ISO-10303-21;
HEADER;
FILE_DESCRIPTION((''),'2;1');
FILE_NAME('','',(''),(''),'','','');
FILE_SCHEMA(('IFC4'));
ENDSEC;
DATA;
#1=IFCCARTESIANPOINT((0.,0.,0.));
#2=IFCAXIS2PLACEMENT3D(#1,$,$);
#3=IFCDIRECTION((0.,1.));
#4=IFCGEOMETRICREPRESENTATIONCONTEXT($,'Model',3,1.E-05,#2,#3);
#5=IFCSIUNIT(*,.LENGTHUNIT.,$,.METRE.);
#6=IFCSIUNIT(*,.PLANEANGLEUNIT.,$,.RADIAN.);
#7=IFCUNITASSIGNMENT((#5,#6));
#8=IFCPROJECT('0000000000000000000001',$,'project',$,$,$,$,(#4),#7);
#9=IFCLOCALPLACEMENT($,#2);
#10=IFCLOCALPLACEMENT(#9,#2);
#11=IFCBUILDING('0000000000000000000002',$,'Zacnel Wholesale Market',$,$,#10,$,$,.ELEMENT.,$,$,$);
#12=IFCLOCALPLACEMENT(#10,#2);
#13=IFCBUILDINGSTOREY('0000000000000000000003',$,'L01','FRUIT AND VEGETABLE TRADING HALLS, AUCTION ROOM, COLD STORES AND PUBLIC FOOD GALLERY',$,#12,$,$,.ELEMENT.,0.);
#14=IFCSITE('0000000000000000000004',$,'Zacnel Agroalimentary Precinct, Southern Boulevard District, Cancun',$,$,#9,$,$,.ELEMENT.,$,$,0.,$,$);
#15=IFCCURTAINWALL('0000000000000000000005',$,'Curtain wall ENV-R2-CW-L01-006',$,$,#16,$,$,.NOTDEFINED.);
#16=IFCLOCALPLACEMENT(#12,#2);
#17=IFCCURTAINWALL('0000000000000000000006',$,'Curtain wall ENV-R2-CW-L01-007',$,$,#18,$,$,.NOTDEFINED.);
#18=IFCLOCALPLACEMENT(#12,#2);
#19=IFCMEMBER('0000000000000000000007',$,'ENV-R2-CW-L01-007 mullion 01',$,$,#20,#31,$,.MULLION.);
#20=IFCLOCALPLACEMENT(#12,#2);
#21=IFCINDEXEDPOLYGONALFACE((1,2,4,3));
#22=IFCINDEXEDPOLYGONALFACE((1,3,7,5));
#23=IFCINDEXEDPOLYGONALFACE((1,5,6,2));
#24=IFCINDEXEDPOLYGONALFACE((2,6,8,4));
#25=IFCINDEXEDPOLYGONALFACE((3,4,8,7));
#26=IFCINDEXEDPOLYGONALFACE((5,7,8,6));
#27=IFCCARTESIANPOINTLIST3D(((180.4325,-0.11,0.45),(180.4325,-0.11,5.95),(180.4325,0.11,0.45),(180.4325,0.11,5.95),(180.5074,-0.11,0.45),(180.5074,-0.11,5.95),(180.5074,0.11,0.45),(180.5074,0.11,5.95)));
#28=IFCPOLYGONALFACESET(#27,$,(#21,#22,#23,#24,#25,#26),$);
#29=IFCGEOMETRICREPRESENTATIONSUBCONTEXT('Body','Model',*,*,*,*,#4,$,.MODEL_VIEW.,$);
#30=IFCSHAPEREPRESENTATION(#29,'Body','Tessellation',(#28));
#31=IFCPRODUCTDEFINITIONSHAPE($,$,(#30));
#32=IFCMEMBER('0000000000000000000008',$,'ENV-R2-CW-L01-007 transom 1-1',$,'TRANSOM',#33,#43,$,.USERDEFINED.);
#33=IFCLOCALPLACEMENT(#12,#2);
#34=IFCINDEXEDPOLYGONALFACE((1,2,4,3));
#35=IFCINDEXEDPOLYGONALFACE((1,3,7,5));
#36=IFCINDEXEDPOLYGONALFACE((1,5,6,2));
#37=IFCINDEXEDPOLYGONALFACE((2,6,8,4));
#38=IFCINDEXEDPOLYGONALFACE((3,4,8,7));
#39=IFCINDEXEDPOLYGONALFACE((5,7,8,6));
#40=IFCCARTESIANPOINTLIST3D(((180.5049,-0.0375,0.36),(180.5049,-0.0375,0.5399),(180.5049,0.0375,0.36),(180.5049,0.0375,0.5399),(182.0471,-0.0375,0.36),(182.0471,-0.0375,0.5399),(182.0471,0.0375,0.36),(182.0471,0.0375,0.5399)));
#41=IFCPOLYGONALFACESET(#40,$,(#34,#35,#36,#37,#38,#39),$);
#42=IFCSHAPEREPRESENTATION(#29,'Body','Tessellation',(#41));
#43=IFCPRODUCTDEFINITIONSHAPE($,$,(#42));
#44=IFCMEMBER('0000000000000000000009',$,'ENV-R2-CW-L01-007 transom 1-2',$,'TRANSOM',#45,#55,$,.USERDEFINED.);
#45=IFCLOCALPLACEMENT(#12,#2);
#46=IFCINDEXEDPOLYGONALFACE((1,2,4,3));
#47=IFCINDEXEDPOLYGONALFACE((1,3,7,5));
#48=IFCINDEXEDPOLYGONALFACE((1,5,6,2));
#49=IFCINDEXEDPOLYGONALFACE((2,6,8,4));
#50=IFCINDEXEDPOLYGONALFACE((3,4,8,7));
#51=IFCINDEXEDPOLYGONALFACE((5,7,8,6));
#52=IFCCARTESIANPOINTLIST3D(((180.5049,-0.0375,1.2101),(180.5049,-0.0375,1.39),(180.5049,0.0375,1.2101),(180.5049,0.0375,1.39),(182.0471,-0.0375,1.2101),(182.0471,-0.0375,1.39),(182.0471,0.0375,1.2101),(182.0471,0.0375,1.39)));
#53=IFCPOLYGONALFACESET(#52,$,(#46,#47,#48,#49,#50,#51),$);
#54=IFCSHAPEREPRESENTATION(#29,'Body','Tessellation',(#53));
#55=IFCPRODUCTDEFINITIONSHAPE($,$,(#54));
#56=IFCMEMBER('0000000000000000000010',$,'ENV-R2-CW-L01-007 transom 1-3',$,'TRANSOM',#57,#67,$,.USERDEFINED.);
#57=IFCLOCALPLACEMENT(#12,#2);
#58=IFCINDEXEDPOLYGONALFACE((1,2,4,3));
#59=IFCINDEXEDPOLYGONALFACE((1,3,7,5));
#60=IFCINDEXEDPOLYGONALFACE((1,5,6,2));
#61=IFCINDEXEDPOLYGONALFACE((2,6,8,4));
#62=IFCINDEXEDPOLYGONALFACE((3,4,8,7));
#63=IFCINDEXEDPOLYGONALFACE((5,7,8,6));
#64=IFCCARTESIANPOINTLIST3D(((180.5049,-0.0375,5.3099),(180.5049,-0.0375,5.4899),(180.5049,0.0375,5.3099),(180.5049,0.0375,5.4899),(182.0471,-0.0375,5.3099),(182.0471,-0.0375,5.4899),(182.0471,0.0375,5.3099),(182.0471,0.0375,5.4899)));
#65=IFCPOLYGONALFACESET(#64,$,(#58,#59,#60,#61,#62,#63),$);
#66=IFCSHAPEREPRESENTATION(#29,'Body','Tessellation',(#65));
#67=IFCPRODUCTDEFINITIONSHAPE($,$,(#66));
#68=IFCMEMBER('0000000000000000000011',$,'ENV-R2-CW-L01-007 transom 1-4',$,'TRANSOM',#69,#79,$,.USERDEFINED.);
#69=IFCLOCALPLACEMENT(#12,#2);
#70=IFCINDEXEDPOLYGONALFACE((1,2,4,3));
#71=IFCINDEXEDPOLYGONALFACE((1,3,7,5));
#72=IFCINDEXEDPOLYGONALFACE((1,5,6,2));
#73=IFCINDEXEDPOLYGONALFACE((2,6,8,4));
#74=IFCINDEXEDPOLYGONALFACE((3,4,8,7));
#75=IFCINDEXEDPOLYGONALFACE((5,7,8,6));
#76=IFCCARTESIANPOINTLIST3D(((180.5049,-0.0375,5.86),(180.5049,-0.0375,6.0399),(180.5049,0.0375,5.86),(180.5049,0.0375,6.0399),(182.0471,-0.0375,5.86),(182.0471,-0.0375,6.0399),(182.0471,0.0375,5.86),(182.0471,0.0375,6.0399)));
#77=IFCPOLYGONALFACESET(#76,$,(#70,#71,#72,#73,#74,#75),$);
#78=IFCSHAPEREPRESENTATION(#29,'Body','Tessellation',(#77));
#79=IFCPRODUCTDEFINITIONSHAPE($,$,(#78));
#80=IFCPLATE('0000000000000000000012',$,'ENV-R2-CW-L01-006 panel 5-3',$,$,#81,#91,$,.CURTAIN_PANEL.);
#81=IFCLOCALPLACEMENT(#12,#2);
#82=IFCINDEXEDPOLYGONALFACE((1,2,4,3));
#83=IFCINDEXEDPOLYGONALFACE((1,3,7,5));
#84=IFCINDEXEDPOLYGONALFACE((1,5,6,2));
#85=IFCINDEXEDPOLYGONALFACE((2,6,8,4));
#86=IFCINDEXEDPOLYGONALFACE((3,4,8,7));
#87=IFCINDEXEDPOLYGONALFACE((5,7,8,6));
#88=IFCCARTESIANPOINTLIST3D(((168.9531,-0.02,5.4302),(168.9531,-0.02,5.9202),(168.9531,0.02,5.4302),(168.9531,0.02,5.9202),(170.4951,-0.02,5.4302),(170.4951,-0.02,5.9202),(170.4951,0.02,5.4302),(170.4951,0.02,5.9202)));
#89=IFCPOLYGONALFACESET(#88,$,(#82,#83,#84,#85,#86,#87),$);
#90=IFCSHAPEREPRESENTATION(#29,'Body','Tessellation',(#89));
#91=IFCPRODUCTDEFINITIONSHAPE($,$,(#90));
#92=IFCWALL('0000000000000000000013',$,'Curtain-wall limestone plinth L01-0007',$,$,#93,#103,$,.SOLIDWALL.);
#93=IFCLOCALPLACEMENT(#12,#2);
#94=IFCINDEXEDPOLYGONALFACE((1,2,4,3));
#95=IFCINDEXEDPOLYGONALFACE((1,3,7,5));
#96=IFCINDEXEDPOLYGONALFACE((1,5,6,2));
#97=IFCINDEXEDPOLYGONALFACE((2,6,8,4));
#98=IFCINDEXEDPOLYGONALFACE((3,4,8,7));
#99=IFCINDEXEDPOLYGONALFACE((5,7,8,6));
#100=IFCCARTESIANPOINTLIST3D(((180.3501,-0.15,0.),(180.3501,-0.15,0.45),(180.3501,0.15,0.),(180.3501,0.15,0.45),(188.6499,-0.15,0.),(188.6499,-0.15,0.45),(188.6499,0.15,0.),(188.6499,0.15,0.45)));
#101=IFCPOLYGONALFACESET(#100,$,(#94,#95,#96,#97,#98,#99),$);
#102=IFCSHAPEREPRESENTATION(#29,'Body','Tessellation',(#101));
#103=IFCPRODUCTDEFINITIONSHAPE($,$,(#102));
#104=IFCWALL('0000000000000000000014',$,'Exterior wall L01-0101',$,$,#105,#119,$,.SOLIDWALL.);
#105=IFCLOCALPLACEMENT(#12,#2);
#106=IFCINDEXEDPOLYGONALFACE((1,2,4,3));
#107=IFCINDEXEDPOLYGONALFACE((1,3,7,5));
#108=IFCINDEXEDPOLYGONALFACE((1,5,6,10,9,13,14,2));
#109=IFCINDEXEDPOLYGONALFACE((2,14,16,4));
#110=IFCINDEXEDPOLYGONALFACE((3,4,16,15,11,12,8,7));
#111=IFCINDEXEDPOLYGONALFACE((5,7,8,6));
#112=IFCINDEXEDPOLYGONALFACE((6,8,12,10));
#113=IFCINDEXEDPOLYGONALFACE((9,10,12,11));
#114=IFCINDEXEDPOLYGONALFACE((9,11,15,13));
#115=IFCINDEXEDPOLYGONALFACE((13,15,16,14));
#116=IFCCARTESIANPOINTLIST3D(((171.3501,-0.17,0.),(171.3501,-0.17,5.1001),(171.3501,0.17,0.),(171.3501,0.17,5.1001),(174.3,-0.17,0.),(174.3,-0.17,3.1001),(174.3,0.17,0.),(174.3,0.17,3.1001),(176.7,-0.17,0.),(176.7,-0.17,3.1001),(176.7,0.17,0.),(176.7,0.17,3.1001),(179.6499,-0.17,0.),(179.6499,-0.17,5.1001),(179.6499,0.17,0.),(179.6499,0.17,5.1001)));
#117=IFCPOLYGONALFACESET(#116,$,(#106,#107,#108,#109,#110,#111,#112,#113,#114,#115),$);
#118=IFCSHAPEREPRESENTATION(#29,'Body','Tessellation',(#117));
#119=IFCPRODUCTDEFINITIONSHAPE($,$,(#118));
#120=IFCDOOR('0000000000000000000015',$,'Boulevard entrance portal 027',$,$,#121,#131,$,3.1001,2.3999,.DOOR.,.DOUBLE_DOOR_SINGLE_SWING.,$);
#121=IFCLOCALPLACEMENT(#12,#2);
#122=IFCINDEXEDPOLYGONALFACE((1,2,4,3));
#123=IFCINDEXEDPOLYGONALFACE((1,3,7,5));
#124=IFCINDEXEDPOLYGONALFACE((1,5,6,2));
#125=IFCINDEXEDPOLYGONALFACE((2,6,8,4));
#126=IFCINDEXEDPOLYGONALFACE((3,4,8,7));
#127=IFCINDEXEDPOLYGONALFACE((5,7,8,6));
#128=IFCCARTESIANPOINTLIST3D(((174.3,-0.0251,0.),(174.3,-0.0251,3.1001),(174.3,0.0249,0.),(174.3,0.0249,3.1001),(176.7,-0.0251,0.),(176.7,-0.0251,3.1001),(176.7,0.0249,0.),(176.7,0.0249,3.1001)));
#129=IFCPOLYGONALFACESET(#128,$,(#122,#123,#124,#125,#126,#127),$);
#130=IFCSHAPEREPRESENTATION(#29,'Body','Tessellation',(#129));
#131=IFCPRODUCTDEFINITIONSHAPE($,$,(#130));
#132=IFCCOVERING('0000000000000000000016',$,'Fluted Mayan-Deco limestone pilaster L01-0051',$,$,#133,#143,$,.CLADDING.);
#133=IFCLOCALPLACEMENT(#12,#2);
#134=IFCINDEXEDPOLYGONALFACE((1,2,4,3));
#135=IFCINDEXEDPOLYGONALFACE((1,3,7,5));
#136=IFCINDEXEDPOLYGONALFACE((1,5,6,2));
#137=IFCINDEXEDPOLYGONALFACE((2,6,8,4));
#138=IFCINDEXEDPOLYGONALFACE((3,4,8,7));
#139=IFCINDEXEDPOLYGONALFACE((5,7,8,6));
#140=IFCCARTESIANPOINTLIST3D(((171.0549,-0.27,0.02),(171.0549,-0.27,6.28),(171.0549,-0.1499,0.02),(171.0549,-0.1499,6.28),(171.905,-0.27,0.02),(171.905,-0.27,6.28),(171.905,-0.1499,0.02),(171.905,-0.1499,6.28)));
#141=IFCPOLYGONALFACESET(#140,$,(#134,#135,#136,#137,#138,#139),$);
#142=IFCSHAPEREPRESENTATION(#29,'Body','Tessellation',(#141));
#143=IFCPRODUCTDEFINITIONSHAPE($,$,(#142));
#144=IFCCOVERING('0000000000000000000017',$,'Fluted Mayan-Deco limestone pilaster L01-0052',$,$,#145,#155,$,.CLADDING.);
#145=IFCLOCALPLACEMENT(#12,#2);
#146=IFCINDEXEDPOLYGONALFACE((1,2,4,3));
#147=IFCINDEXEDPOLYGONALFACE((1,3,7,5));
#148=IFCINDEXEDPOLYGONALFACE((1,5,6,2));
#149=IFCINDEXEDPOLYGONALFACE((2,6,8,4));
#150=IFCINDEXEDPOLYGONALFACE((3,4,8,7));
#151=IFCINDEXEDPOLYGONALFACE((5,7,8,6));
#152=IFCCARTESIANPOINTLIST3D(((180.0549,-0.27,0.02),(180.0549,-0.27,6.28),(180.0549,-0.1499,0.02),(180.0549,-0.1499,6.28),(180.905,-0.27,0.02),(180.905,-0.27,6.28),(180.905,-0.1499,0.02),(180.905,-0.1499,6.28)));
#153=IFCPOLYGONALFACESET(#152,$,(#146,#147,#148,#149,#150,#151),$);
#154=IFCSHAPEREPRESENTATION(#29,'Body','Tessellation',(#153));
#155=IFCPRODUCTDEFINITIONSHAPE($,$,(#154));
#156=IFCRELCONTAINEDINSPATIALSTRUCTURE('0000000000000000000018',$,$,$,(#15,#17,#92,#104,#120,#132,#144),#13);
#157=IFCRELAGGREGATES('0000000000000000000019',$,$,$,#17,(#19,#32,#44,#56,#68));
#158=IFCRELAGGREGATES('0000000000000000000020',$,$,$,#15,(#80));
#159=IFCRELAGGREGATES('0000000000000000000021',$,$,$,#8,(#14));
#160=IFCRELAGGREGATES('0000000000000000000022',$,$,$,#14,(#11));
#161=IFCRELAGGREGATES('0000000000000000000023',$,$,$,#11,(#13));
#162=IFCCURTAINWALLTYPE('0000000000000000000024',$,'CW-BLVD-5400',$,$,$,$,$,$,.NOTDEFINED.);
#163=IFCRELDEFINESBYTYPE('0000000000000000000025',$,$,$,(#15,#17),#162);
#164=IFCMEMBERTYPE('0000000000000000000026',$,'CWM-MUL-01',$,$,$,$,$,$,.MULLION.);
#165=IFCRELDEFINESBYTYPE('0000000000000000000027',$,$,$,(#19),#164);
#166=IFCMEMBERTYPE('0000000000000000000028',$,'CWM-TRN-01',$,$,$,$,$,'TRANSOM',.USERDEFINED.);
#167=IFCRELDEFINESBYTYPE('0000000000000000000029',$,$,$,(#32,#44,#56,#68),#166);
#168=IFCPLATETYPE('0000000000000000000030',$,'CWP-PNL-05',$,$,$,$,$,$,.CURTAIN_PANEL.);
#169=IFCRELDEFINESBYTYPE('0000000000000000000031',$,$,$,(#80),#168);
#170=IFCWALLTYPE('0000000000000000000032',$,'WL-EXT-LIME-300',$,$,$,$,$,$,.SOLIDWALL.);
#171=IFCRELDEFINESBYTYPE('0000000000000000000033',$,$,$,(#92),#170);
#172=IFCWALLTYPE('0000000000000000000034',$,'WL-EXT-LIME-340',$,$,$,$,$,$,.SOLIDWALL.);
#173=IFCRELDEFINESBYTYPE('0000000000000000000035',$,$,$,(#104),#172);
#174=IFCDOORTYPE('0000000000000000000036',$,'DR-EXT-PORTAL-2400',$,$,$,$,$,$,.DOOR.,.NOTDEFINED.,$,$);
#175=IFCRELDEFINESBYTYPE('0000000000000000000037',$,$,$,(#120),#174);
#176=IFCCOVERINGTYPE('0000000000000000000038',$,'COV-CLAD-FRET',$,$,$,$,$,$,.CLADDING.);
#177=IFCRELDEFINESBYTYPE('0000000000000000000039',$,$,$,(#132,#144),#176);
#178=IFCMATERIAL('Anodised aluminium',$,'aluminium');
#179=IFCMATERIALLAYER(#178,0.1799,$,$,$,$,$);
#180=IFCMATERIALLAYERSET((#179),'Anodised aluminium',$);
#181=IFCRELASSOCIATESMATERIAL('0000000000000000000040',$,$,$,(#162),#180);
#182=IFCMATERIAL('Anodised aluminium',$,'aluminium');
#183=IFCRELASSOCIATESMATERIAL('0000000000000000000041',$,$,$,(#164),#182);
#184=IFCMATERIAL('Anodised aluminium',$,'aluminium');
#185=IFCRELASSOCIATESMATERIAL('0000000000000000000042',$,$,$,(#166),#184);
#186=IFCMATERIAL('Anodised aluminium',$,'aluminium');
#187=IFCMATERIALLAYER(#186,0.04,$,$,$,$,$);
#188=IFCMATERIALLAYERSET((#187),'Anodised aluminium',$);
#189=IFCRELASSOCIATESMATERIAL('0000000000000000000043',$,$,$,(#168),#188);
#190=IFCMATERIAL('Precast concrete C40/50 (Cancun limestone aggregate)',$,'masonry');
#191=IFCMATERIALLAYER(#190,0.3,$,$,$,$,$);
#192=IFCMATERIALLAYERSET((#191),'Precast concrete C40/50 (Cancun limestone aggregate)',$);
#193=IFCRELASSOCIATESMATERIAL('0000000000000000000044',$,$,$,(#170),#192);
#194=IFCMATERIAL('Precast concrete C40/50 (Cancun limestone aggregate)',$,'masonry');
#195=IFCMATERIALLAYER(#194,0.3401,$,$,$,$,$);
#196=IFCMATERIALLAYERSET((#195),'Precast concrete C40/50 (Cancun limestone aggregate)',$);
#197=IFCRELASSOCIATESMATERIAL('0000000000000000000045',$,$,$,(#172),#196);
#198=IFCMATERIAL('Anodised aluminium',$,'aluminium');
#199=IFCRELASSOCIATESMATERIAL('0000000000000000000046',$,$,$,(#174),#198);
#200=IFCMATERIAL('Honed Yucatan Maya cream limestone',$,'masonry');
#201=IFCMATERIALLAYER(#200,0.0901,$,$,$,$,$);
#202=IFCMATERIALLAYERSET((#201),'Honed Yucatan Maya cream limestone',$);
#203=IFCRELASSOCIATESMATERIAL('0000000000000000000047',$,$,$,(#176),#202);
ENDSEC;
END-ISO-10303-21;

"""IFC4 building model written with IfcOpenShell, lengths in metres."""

from ifc_helpers import new_model, si_unit, direction, frame, frame_2d, origin, origin_2d, place, context, subcontext, project, spatial, rectangle, extrude, material, layer, layer_set, material_profile, profile_set, type_object, element, fill, aggregate, save


model = new_model("IFC4")

# Units and contexts
model_context = context("Model", 3, precision=1e-05, world=origin(), true_north=direction((0.0, 1.0)))
body_context = subcontext(model_context, "Body", "Model", "MODEL_VIEW")
ifc_project = project(units=[si_unit("LENGTHUNIT", "METRE"), si_unit("PLANEANGLEUNIT", "RADIAN")], contexts=[model_context])

# Site, building, storey
site_placement = place(None, origin())
site = spatial("IfcSite", under=ifc_project, at=site_placement, Name="Zacnel Agroalimentary Precinct, Southern Boulevard District, Cancun", CompositionType="ELEMENT", RefElevation=0.0)
building_placement = place(site_placement, origin())
building = spatial("IfcBuilding", under=site, at=building_placement, Name="Zacnel Wholesale Market", CompositionType="ELEMENT")
storey_placement = place(building_placement, origin())
storey = spatial("IfcBuildingStorey", under=building, at=storey_placement, Name="L01", Description="FRUIT AND VEGETABLE TRADING HALLS, AUCTION ROOM, COLD STORES AND PUBLIC FOOD GALLERY", CompositionType="ELEMENT", Elevation=0.0)

# Curtain wall
ifc_material_1 = material(Name="Anodised aluminium", Category="aluminium")
ifc_layer_1 = layer(ifc_material_1, 0.1799)
ifc_layer_set_1 = layer_set([ifc_layer_1], Name="Anodised aluminium")
curtain_wall_type = type_object("IfcCurtainWallType", Name="CW-BLVD-5400", PredefinedType="NOTDEFINED", material=ifc_layer_set_1)
curtain_wall_1_placement = place(storey_placement, origin())
curtain_wall_1 = element("IfcCurtainWall", 1, at=curtain_wall_1_placement, inside=storey, type_object=curtain_wall_type, Name="Curtain wall ENV-R2-CW-L01-006", PredefinedType="NOTDEFINED")
ifc_material_2 = material(Name="Anodised aluminium", Category="aluminium")
ifc_material_profile_1 = material_profile(ifc_material_2, rectangle(XDim=0.075, YDim=0.22, at=origin_2d()), Name="AW-MULLION 75x220")
ifc_profile_set_1 = profile_set([ifc_material_profile_1], Name="Anodised aluminium")
member_type_1 = type_object("IfcMemberType", Name="CWM-MUL-01", PredefinedType="MULLION", material=ifc_profile_set_1)

# Curtain wall, members
curtain_wall_2_placement = place(storey_placement, origin())
curtain_wall_2 = element("IfcCurtainWall", 2, at=curtain_wall_2_placement, inside=storey, type_object=curtain_wall_type, Name="Curtain wall ENV-R2-CW-L01-007", PredefinedType="NOTDEFINED")
member_1_placement = place(storey_placement, frame((180.47, 0.0, 0.45), z_axis=(0.0, 0.0, 1.0), x_axis=(1.0, 0.0, 0.0)))
member_1 = element("IfcMember", 3, at=member_1_placement, type_object=member_type_1, Name="ENV-R2-CW-L01-007 mullion 01", PredefinedType="MULLION", context=body_context, shape_type="SweptSolid", body=[
    extrude(rectangle(XDim=0.075, YDim=0.22, at=origin_2d()), origin(), (0.0, 0.0, 1.0), 5.5),
])
ifc_material_3 = material(Name="Anodised aluminium", Category="aluminium")
ifc_material_profile_2 = material_profile(ifc_material_3, rectangle(XDim=0.075, YDim=0.1799, at=origin_2d()), Name="AW-TRANSOM 75x180")
ifc_profile_set_2 = profile_set([ifc_material_profile_2], Name="Anodised aluminium")
member_type_2 = type_object("IfcMemberType", Name="CWM-TRN-01", ElementType="TRANSOM", PredefinedType="USERDEFINED", material=ifc_profile_set_2)
member_2_placement = place(storey_placement, frame((180.5049, 0.0, 0.45), z_axis=(1.0, 0.0, 0.0), x_axis=(0.0, 1.0, 0.0)))
member_2 = element("IfcMember", 4, at=member_2_placement, type_object=member_type_2, Name="ENV-R2-CW-L01-007 transom 1-1", ObjectType="TRANSOM", PredefinedType="USERDEFINED", context=body_context, shape_type="SweptSolid", body=[
    extrude(rectangle(XDim=0.075, YDim=0.1799, at=origin_2d()), origin(), (0.0, 0.0, 1.0), 1.5422),
])
member_3_placement = place(storey_placement, frame((180.5049, 0.0, 1.3), z_axis=(1.0, 0.0, 0.0), x_axis=(0.0, 1.0, 0.0)))
member_3 = element("IfcMember", 5, at=member_3_placement, type_object=member_type_2, Name="ENV-R2-CW-L01-007 transom 1-2", ObjectType="TRANSOM", PredefinedType="USERDEFINED", context=body_context, shape_type="SweptSolid", body=[
    extrude(rectangle(XDim=0.075, YDim=0.1799, at=origin_2d()), origin(), (0.0, 0.0, 1.0), 1.5422),
])
member_4_placement = place(storey_placement, frame((180.5049, 0.0, 5.3999), z_axis=(1.0, 0.0, 0.0), x_axis=(0.0, 1.0, 0.0)))
member_4 = element("IfcMember", 6, at=member_4_placement, type_object=member_type_2, Name="ENV-R2-CW-L01-007 transom 1-3", ObjectType="TRANSOM", PredefinedType="USERDEFINED", context=body_context, shape_type="SweptSolid", body=[
    extrude(rectangle(XDim=0.075, YDim=0.1799, at=origin_2d()), origin(), (0.0, 0.0, 1.0), 1.5422),
])
member_5_placement = place(storey_placement, frame((180.5049, 0.0, 5.95), z_axis=(1.0, 0.0, 0.0), x_axis=(0.0, 1.0, 0.0)))
member_5 = element("IfcMember", 7, at=member_5_placement, type_object=member_type_2, Name="ENV-R2-CW-L01-007 transom 1-4", ObjectType="TRANSOM", PredefinedType="USERDEFINED", context=body_context, shape_type="SweptSolid", body=[
    extrude(rectangle(XDim=0.075, YDim=0.1799, at=origin_2d()), origin(), (0.0, 0.0, 1.0), 1.5422),
])
aggregate(curtain_wall_2, [member_1, member_2, member_3, member_4, member_5])

# Plate
ifc_material_4 = material(Name="Anodised aluminium", Category="aluminium")
ifc_layer_2 = layer(ifc_material_4, 0.04)
ifc_layer_set_2 = layer_set([ifc_layer_2], Name="Anodised aluminium")
plate_type = type_object("IfcPlateType", Name="CWP-PNL-05", PredefinedType="CURTAIN_PANEL", material=ifc_layer_set_2)
plate_placement = place(storey_placement, frame((169.7241, 0.0, 5.4302), z_axis=(0.0, 0.0, 1.0), x_axis=(1.0, 0.0, 0.0)))
plate = element("IfcPlate", 8, at=plate_placement, type_object=plate_type, Name="ENV-R2-CW-L01-006 panel 5-3", PredefinedType="CURTAIN_PANEL", context=body_context, shape_type="SweptSolid", body=[
    extrude(rectangle(XDim=1.542, YDim=0.04, at=origin_2d()), origin(), (0.0, 0.0, 1.0), 0.49),
])
aggregate(curtain_wall_1, [plate])

# Wall
ifc_material_5 = material(Name="Precast concrete C40/50 (Cancun limestone aggregate)", Category="masonry")
ifc_layer_3 = layer(ifc_material_5, 0.3)
ifc_layer_set_3 = layer_set([ifc_layer_3], Name="Precast concrete C40/50 (Cancun limestone aggregate)")
wall_type_1 = type_object("IfcWallType", Name="WL-EXT-LIME-300", PredefinedType="SOLIDWALL", material=ifc_layer_set_3)
wall_1_placement = place(storey_placement, frame((180.3501, 0.0, 0.0), z_axis=(0.0, 0.0, 1.0), x_axis=(1.0, 0.0, 0.0)))
element("IfcWall", 9, at=wall_1_placement, inside=storey, type_object=wall_type_1, Name="Curtain-wall limestone plinth L01-0007", PredefinedType="SOLIDWALL", context=body_context, shape_type="SweptSolid", body=[
    extrude(rectangle(XDim=8.2998, YDim=0.3, at=frame_2d((4.1499, 0.0))), origin(), (0.0, 0.0, 1.0), 0.45),
])

# Wall, opening, door
ifc_material_6 = material(Name="Precast concrete C40/50 (Cancun limestone aggregate)", Category="masonry")
ifc_layer_4 = layer(ifc_material_6, 0.3401)
ifc_layer_set_4 = layer_set([ifc_layer_4], Name="Precast concrete C40/50 (Cancun limestone aggregate)")
wall_type_2 = type_object("IfcWallType", Name="WL-EXT-LIME-340", PredefinedType="SOLIDWALL", material=ifc_layer_set_4)
wall_2_placement = place(storey_placement, frame((171.3501, 0.0, 0.0), z_axis=(0.0, 0.0, 1.0), x_axis=(1.0, 0.0, 0.0)))
wall_2 = element("IfcWall", 10, at=wall_2_placement, inside=storey, type_object=wall_type_2, Name="Exterior wall L01-0101", PredefinedType="SOLIDWALL", context=body_context, shape_type="SweptSolid", body=[
    extrude(rectangle(XDim=8.2998, YDim=0.3401, at=frame_2d((4.1499, 0.0))), origin(), (0.0, 0.0, 1.0), 5.1001),
])
opening_placement = place(wall_2_placement, frame((2.95, 0.0, 0.0)))
opening = element("IfcOpeningElement", 11, at=opening_placement, cuts=wall_2, PredefinedType="OPENING", context=body_context, shape_type="SweptSolid", body=[
    extrude(rectangle(XDim=2.3999, YDim=3.1001, at=frame_2d((1.2, 1.55))), frame((0.0, 0.1799, 0.0), z_axis=(0.0, -1.0, 0.0), x_axis=(1.0, 0.0, 0.0)), (0.0, 0.0, 1.0), 0.3601),
])
ifc_material_7 = material(Name="Anodised aluminium", Category="aluminium")
door_type = type_object("IfcDoorType", Name="DR-EXT-PORTAL-2400", OperationType="NOTDEFINED", PredefinedType="DOOR", material=ifc_material_7)
door_placement = place(opening_placement, origin())
door = element("IfcDoor", 12, at=door_placement, inside=storey, type_object=door_type, Name="Boulevard entrance portal 027", OperationType="DOUBLE_DOOR_SINGLE_SWING", OverallHeight=3.1001, OverallWidth=2.3999, PredefinedType="DOOR", context=body_context, shape_type="SweptSolid", body=[
    extrude(rectangle(XDim=2.3999, YDim=3.1001, at=frame_2d((1.2, 1.55))), frame((0.0, 0.0249, 0.0), z_axis=(0.0, -1.0, 0.0), x_axis=(1.0, 0.0, 0.0)), (0.0, 0.0, 1.0), 0.05),
])
fill(opening, door)

# Coverings
ifc_material_8 = material(Name="Honed Yucatan Maya cream limestone", Category="masonry")
ifc_layer_5 = layer(ifc_material_8, 0.0901)
ifc_layer_set_5 = layer_set([ifc_layer_5], Name="Honed Yucatan Maya cream limestone")
covering_type = type_object("IfcCoveringType", Name="COV-CLAD-FRET", PredefinedType="CLADDING", material=ifc_layer_set_5)
for number, where, z_axis, x_axis, name in (
    (13, (171.48, -0.21, 0.02), (0.0, 0.0, 1.0), (1.0, 0.0, 0.0), "Fluted Mayan-Deco limestone pilaster L01-0051"),
    (14, (180.48, -0.21, 0.02), (0.0, 0.0, 1.0), (1.0, 0.0, 0.0), "Fluted Mayan-Deco limestone pilaster L01-0052"),
):
    element("IfcCovering", number, at=place(storey_placement, frame(where, z_axis=z_axis, x_axis=x_axis)), inside=storey, type_object=covering_type, Name=name, PredefinedType="CLADDING", context=body_context, shape_type="SweptSolid", body=[
        extrude(rectangle(XDim=0.8501, YDim=0.1201, at=origin_2d()), origin(), (0.0, 0.0, 1.0), 6.26),
    ])

save(model, "model.ifc")
